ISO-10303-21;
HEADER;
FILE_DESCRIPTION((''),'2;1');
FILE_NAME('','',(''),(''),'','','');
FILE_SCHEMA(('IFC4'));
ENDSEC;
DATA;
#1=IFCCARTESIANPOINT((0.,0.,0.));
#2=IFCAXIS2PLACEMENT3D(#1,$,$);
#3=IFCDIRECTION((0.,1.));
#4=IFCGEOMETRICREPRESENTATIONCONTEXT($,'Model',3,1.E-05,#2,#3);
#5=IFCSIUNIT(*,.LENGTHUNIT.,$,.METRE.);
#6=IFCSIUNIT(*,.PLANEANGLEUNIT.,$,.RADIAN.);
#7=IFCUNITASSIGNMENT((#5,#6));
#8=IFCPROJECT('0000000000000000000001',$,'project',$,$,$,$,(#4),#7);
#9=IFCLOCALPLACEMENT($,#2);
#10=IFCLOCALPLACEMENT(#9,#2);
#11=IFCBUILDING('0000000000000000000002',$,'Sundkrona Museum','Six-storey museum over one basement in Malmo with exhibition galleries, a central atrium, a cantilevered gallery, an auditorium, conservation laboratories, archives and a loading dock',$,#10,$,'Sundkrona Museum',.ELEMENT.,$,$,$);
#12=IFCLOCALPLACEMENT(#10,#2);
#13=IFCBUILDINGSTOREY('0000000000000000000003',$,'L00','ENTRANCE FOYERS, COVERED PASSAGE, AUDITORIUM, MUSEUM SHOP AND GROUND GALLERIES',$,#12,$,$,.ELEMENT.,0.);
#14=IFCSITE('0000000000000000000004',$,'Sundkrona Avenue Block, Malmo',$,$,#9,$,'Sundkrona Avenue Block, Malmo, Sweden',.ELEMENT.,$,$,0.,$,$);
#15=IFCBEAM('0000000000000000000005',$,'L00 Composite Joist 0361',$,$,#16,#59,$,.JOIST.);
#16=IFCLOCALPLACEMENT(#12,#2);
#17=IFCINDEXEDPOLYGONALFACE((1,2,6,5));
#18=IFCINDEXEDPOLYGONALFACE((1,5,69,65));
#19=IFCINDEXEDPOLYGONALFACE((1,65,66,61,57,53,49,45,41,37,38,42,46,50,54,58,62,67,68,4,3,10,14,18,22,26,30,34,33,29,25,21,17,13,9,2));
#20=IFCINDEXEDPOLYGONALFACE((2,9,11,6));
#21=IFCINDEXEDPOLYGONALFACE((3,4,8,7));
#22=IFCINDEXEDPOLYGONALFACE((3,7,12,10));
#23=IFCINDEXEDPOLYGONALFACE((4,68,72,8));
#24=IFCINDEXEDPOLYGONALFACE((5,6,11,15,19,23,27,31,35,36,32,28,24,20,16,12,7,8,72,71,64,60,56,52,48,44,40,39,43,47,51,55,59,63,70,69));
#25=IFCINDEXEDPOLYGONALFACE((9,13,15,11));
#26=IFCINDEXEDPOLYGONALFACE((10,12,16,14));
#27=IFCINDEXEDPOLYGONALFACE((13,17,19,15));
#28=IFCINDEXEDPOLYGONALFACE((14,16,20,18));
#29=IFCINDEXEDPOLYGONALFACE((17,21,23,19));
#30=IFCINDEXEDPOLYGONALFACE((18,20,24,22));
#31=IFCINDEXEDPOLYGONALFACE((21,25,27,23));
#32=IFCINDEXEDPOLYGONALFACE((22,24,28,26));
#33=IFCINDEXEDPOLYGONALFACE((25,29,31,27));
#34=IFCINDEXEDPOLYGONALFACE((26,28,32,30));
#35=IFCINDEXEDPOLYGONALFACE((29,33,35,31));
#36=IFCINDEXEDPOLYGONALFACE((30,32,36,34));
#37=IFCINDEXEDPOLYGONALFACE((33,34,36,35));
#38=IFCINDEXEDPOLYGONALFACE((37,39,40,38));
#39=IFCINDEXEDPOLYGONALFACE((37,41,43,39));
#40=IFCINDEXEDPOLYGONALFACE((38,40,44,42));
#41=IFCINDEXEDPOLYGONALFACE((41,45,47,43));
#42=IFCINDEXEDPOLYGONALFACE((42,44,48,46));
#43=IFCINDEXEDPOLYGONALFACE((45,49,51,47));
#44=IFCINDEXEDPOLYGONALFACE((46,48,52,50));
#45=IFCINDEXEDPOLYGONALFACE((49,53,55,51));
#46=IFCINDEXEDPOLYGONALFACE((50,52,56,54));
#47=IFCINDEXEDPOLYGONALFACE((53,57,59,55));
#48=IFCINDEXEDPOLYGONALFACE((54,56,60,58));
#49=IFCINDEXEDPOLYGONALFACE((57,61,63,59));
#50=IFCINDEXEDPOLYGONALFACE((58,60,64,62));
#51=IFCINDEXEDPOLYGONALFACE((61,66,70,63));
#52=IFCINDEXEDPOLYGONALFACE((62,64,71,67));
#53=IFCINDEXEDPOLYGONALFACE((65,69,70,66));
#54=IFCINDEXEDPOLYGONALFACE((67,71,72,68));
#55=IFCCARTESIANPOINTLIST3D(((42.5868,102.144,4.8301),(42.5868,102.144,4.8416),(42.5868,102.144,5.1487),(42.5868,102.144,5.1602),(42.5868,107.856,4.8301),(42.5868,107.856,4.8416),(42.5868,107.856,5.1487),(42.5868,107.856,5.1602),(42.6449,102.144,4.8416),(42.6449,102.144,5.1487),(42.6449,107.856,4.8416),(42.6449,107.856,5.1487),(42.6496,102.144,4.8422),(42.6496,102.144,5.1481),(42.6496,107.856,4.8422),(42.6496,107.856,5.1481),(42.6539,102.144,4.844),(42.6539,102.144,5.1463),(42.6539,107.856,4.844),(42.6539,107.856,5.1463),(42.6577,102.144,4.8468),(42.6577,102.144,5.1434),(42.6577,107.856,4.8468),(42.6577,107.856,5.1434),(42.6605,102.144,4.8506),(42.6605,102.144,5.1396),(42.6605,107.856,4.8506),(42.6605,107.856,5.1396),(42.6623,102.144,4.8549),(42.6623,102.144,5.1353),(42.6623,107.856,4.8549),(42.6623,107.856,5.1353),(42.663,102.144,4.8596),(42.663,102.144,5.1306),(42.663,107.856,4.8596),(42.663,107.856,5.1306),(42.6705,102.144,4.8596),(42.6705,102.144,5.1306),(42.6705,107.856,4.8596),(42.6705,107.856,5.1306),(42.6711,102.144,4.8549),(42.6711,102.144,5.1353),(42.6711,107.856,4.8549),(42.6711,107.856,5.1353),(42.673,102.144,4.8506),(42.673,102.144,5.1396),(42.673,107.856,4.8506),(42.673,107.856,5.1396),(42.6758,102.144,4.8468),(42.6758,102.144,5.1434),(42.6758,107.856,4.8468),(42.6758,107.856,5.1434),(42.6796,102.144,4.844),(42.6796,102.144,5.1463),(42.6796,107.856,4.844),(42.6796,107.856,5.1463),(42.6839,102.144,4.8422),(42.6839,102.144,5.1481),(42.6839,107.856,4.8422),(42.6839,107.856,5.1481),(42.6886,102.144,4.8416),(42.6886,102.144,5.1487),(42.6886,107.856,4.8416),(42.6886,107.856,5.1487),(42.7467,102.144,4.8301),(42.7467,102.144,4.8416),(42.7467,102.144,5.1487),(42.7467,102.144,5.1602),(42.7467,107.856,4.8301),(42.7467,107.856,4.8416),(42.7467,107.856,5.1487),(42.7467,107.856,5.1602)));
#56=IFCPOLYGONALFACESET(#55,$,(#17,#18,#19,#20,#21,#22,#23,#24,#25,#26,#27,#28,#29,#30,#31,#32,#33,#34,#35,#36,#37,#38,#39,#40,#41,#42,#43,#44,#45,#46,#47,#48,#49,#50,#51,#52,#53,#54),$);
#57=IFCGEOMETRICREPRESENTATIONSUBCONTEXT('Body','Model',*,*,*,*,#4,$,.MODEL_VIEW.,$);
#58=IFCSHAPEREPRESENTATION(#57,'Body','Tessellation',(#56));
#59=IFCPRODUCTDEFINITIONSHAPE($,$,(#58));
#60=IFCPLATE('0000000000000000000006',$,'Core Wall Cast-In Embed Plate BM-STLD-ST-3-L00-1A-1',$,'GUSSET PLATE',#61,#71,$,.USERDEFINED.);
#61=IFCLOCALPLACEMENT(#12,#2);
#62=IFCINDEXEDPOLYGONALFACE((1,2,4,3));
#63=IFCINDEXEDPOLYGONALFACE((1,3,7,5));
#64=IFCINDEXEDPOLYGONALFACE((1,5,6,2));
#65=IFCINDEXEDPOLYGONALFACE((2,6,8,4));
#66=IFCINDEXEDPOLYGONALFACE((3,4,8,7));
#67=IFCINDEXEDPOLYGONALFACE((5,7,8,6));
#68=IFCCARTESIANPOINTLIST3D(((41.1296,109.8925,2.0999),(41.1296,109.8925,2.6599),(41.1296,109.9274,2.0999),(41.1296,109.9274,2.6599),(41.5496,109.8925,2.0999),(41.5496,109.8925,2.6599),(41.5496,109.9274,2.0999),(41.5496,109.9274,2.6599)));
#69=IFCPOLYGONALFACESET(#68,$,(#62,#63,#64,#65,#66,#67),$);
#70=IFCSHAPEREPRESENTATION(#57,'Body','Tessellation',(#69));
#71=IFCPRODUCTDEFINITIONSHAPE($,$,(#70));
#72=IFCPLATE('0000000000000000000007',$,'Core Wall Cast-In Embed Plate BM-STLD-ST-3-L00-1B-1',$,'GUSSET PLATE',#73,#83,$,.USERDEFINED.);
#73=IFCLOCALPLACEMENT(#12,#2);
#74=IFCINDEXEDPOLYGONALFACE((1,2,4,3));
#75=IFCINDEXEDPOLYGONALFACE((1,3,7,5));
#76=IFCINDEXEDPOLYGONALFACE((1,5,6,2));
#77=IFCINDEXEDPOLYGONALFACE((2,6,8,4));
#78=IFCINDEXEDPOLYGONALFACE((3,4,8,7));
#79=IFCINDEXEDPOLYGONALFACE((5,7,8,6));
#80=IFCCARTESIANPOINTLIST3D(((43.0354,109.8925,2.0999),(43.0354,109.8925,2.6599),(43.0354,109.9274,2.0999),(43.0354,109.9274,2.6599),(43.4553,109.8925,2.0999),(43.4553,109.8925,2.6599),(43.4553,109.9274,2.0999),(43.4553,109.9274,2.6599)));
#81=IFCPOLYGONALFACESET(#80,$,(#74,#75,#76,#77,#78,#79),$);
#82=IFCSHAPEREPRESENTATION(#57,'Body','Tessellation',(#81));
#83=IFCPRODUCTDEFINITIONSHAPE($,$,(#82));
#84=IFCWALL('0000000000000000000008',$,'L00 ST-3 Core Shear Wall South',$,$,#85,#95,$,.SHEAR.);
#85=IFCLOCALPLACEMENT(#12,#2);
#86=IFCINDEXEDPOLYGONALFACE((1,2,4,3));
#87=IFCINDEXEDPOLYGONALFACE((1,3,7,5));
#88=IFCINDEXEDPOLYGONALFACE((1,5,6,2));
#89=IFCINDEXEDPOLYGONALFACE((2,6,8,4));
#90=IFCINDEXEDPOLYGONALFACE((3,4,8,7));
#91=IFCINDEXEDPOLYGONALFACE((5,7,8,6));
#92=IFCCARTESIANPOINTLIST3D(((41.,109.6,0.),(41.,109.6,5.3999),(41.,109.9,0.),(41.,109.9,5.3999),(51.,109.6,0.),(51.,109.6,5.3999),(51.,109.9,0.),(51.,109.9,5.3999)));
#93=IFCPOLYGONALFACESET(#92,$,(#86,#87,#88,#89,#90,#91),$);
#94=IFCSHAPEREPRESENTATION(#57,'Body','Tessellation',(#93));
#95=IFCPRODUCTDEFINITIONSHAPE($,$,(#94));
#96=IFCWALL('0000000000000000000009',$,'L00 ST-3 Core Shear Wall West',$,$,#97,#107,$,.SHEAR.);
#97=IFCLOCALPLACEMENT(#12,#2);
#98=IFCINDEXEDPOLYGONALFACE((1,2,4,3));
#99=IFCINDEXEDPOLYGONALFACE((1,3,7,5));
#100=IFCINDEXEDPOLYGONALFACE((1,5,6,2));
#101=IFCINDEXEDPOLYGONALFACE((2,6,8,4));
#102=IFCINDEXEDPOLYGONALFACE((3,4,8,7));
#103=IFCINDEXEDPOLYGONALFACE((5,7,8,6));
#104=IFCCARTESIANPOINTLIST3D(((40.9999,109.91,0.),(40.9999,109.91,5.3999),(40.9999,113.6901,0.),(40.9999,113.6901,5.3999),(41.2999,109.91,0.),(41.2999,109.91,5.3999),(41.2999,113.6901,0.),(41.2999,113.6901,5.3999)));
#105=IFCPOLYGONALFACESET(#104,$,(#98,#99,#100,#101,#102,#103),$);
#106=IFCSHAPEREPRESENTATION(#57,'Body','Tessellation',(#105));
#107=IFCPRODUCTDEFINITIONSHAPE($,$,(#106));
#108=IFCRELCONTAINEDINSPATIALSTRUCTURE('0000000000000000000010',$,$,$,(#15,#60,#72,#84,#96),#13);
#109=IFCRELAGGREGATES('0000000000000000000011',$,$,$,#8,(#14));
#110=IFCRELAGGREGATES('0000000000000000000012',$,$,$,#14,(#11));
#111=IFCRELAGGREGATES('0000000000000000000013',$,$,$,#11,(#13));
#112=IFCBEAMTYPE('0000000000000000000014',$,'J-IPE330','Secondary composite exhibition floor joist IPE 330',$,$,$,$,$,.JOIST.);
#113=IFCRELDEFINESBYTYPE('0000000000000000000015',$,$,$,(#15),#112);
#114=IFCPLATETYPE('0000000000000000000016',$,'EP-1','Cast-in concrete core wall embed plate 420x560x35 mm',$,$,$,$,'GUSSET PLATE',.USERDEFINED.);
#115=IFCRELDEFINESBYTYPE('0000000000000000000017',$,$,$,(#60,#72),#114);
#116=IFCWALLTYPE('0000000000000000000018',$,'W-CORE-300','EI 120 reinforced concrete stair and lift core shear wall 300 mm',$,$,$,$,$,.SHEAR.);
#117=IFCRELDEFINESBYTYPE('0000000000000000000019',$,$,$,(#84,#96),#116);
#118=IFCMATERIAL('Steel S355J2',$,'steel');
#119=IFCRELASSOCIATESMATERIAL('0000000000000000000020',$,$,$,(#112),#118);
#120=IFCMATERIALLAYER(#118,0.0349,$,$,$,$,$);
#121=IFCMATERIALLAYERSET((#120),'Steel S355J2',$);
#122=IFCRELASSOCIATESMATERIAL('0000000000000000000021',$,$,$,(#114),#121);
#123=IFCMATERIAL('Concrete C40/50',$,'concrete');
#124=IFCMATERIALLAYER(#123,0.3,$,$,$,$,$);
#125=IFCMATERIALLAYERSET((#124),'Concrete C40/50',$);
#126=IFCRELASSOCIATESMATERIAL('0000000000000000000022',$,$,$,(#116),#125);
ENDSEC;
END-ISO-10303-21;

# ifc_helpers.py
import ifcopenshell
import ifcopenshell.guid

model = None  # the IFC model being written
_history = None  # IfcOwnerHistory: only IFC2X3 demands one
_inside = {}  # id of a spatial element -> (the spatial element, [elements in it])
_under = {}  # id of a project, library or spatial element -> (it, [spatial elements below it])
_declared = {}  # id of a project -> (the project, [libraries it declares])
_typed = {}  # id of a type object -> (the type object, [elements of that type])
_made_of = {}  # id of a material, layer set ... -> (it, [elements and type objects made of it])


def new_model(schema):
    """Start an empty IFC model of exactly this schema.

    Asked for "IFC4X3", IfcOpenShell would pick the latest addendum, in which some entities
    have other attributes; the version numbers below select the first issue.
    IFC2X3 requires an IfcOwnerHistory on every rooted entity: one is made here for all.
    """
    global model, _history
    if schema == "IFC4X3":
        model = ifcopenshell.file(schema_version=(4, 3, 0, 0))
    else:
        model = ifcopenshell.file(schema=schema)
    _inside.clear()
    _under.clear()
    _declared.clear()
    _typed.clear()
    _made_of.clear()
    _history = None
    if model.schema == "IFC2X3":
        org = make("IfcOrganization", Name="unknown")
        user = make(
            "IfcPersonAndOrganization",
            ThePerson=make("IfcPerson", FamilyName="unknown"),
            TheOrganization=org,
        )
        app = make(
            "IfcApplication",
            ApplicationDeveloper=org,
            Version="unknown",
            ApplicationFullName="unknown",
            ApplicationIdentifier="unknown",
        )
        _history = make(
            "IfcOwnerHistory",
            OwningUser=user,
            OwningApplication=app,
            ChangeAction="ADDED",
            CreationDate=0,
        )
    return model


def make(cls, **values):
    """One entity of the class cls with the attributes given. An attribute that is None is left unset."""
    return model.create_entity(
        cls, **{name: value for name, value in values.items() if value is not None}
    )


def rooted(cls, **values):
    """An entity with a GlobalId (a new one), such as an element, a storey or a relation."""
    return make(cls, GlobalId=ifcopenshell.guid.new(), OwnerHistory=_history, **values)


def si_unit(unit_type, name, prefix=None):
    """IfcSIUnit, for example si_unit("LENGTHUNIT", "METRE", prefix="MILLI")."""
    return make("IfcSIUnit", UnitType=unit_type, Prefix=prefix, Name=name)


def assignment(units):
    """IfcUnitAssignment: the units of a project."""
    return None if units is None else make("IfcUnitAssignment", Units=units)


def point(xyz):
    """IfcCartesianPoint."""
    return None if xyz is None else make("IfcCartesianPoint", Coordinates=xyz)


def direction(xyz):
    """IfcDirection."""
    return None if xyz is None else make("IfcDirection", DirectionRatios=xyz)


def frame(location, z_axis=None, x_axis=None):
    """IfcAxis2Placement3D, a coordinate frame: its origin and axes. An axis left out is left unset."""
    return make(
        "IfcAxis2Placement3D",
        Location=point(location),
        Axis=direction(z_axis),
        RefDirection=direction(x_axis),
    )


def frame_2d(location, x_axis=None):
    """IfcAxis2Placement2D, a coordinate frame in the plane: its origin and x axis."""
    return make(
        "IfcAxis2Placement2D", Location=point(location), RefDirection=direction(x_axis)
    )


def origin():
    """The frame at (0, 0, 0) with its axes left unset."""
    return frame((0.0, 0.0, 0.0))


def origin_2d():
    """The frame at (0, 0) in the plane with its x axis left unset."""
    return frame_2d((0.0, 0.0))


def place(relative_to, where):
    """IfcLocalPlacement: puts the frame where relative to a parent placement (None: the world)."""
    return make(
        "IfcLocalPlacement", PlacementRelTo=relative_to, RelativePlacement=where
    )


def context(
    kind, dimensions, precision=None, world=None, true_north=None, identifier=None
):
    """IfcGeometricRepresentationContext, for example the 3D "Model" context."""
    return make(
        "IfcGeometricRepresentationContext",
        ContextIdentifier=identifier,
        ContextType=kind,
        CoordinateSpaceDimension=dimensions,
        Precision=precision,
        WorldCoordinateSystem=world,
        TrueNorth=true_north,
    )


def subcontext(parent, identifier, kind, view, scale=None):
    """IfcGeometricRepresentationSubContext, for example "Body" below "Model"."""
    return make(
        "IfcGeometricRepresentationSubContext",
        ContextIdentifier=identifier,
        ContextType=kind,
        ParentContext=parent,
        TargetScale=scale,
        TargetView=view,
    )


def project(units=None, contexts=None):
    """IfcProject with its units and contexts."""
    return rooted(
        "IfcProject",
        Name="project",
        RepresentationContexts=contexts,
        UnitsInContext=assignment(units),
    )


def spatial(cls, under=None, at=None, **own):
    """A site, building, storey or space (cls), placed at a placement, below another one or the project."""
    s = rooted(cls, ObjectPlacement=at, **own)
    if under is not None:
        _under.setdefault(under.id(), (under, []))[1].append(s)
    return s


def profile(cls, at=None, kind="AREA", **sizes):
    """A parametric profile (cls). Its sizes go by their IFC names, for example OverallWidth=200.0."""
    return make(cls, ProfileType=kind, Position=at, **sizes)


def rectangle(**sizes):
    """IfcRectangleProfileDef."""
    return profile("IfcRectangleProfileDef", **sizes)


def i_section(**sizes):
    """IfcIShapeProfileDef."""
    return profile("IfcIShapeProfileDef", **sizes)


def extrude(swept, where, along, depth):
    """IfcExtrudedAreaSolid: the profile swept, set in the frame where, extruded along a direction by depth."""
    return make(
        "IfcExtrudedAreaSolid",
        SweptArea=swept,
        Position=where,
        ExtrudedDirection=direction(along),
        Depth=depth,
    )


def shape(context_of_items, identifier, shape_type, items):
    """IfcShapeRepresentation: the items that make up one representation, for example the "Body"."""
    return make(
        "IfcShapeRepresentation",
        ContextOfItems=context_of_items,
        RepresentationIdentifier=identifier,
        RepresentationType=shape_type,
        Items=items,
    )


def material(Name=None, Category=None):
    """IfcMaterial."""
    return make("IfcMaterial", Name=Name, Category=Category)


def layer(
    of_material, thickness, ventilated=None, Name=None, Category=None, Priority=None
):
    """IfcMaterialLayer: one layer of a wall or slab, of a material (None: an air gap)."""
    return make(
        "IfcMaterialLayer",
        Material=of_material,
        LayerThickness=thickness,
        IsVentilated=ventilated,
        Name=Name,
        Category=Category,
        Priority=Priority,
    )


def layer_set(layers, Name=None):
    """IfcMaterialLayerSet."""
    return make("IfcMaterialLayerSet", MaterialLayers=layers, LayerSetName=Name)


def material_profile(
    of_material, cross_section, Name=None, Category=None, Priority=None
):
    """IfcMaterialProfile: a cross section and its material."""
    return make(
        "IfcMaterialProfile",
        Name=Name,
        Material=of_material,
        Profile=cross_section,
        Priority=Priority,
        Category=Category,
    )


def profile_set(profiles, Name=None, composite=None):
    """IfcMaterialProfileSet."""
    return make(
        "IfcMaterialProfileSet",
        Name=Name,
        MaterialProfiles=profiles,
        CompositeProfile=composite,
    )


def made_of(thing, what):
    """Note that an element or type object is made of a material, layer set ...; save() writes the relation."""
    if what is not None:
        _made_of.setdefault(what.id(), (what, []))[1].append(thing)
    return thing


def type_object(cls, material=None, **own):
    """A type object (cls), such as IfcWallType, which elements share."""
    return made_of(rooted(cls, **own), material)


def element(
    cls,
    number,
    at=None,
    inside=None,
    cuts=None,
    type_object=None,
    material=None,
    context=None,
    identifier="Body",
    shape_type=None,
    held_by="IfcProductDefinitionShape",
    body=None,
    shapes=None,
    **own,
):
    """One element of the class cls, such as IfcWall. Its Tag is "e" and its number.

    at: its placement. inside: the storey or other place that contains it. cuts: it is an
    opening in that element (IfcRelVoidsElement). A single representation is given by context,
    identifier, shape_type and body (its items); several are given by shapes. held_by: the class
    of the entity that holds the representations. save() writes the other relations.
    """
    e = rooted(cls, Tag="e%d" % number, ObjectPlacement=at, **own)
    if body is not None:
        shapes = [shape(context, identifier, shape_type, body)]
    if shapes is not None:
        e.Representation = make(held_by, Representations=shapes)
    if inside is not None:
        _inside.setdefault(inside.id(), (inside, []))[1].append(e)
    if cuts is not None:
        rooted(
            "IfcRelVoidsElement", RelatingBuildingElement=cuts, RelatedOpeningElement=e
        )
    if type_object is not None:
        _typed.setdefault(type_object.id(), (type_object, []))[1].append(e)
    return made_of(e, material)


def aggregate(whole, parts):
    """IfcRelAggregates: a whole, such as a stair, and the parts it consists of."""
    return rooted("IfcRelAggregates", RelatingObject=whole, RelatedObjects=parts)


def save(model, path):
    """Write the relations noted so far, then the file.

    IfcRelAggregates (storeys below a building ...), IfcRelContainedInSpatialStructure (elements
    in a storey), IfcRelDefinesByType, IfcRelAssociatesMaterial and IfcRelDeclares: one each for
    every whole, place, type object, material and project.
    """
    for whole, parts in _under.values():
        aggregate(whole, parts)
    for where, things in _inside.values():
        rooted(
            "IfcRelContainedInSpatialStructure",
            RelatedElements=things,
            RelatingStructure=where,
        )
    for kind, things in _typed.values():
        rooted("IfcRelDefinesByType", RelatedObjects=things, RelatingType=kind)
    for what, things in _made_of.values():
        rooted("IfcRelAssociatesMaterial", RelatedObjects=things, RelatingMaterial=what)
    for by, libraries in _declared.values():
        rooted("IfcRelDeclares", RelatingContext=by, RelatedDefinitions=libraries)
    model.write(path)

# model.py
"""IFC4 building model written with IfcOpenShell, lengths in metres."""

from ifc_helpers import new_model, si_unit, direction, frame, frame_2d, origin, origin_2d, place, context, subcontext, project, spatial, rectangle, i_section, extrude, material, layer, layer_set, material_profile, profile_set, type_object, element, save


model = new_model("IFC4")

# Units and contexts
model_context = context("Model", 3, precision=1e-05, world=origin(), true_north=direction((0.0, 1.0)))
body_context = subcontext(model_context, "Body", "Model", "MODEL_VIEW")
ifc_project = project(units=[si_unit("LENGTHUNIT", "METRE"), si_unit("PLANEANGLEUNIT", "RADIAN")], contexts=[model_context])

# Site, building, storey
site_placement = place(None, origin())
site = spatial("IfcSite", under=ifc_project, at=site_placement, Name="Sundkrona Avenue Block, Malmo", LongName="Sundkrona Avenue Block, Malmo, Sweden", CompositionType="ELEMENT", RefElevation=0.0)
building_placement = place(site_placement, origin())
building = spatial("IfcBuilding", under=site, at=building_placement, Name="Sundkrona Museum", Description="Six-storey museum over one basement in Malmo with exhibition galleries, a central atrium, a cantilevered gallery, an auditorium, conservation laboratories, archives and a loading dock", LongName="Sundkrona Museum", CompositionType="ELEMENT")
storey_placement = place(building_placement, origin())
storey = spatial("IfcBuildingStorey", under=building, at=storey_placement, Name="L00", Description="ENTRANCE FOYERS, COVERED PASSAGE, AUDITORIUM, MUSEUM SHOP AND GROUND GALLERIES", CompositionType="ELEMENT", Elevation=0.0)

# Shared definitions
ifc_material_1 = material(Name="Steel S355J2", Category="steel")

# Beam
ifc_material_profile_1 = material_profile(ifc_material_1, i_section(OverallWidth=0.1599, OverallDepth=0.3301, WebThickness=0.0076, FlangeThickness=0.0115, FilletRadius=0.0181, at=origin_2d()), Name="IPE 330")
ifc_profile_set_1 = profile_set([ifc_material_profile_1], Name="Steel S355J2")
beam_type_1 = type_object("IfcBeamType", Name="J-IPE330", Description="Secondary composite exhibition floor joist IPE 330", PredefinedType="JOIST", material=ifc_profile_set_1)
for number, where, z_axis, x_axis, name in (
    (1, (42.6667, 102.144, 4.9951), (0.0, 1.0, 0.0), (-1.0, 0.0, 0.0), "L00 Composite Joist 0361"),
):
    element("IfcBeam", number, at=place(storey_placement, frame(where, z_axis=z_axis, x_axis=x_axis)), inside=storey, type_object=beam_type_1, Name=name, PredefinedType="JOIST", context=body_context, shape_type="SweptSolid", body=[
        extrude(i_section(OverallWidth=0.1599, OverallDepth=0.3301, WebThickness=0.0076, FlangeThickness=0.0115, FilletRadius=0.0181, at=origin_2d()), origin(), (0.0, 0.0, 1.0), 5.7119),
    ])

# Plates
ifc_layer_1 = layer(ifc_material_1, 0.0349)
ifc_layer_set_1 = layer_set([ifc_layer_1], Name="Steel S355J2")
plate_type = type_object("IfcPlateType", Name="EP-1", Description="Cast-in concrete core wall embed plate 420x560x35 mm", ElementType="GUSSET PLATE", PredefinedType="USERDEFINED", material=ifc_layer_set_1)
for number, where, z_axis, x_axis, name in (
    (2, (41.3396, 109.9099, 2.0999), (0.0, 0.0, 1.0), (1.0, 0.0, 0.0), "Core Wall Cast-In Embed Plate BM-STLD-ST-3-L00-1A-1"),
    (3, (43.2454, 109.9099, 2.0999), (0.0, 0.0, 1.0), (1.0, 0.0, 0.0), "Core Wall Cast-In Embed Plate BM-STLD-ST-3-L00-1B-1"),
):
    element("IfcPlate", number, at=place(storey_placement, frame(where, z_axis=z_axis, x_axis=x_axis)), inside=storey, type_object=plate_type, Name=name, ObjectType="GUSSET PLATE", PredefinedType="USERDEFINED", context=body_context, shape_type="SweptSolid", body=[
        extrude(rectangle(XDim=0.4199, YDim=0.0349, at=origin_2d()), origin(), (0.0, 0.0, 1.0), 0.5601),
    ])

# Walls
ifc_material_2 = material(Name="Concrete C40/50", Category="concrete")
ifc_layer_2 = layer(ifc_material_2, 0.3)
ifc_layer_set_2 = layer_set([ifc_layer_2], Name="Concrete C40/50")
wall_type = type_object("IfcWallType", Name="W-CORE-300", Description="EI 120 reinforced concrete stair and lift core shear wall 300 mm", PredefinedType="SHEAR", material=ifc_layer_set_2)
wall_1_placement = place(storey_placement, frame((41.0, 109.75, 0.0), z_axis=(0.0, 0.0, 1.0), x_axis=(1.0, 0.0, 0.0)))
element("IfcWall", 4, at=wall_1_placement, inside=storey, type_object=wall_type, Name="L00 ST-3 Core Shear Wall South", PredefinedType="SHEAR", context=body_context, shape_type="SweptSolid", body=[
    extrude(rectangle(XDim=10.0, YDim=0.3, at=frame_2d((5.0, 0.0))), origin(), (0.0, 0.0, 1.0), 5.3999),
])
wall_2_placement = place(storey_placement, frame((41.1499, 109.9099, 0.0), z_axis=(0.0, 0.0, 1.0), x_axis=(0.0, 1.0, 0.0)))
element("IfcWall", 5, at=wall_2_placement, inside=storey, type_object=wall_type, Name="L00 ST-3 Core Shear Wall West", PredefinedType="SHEAR", context=body_context, shape_type="SweptSolid", body=[
    extrude(rectangle(XDim=3.78, YDim=0.3, at=frame_2d((1.8901, 0.0))), origin(), (0.0, 0.0, 1.0), 5.3999),
])

save(model, "model.ifc")
